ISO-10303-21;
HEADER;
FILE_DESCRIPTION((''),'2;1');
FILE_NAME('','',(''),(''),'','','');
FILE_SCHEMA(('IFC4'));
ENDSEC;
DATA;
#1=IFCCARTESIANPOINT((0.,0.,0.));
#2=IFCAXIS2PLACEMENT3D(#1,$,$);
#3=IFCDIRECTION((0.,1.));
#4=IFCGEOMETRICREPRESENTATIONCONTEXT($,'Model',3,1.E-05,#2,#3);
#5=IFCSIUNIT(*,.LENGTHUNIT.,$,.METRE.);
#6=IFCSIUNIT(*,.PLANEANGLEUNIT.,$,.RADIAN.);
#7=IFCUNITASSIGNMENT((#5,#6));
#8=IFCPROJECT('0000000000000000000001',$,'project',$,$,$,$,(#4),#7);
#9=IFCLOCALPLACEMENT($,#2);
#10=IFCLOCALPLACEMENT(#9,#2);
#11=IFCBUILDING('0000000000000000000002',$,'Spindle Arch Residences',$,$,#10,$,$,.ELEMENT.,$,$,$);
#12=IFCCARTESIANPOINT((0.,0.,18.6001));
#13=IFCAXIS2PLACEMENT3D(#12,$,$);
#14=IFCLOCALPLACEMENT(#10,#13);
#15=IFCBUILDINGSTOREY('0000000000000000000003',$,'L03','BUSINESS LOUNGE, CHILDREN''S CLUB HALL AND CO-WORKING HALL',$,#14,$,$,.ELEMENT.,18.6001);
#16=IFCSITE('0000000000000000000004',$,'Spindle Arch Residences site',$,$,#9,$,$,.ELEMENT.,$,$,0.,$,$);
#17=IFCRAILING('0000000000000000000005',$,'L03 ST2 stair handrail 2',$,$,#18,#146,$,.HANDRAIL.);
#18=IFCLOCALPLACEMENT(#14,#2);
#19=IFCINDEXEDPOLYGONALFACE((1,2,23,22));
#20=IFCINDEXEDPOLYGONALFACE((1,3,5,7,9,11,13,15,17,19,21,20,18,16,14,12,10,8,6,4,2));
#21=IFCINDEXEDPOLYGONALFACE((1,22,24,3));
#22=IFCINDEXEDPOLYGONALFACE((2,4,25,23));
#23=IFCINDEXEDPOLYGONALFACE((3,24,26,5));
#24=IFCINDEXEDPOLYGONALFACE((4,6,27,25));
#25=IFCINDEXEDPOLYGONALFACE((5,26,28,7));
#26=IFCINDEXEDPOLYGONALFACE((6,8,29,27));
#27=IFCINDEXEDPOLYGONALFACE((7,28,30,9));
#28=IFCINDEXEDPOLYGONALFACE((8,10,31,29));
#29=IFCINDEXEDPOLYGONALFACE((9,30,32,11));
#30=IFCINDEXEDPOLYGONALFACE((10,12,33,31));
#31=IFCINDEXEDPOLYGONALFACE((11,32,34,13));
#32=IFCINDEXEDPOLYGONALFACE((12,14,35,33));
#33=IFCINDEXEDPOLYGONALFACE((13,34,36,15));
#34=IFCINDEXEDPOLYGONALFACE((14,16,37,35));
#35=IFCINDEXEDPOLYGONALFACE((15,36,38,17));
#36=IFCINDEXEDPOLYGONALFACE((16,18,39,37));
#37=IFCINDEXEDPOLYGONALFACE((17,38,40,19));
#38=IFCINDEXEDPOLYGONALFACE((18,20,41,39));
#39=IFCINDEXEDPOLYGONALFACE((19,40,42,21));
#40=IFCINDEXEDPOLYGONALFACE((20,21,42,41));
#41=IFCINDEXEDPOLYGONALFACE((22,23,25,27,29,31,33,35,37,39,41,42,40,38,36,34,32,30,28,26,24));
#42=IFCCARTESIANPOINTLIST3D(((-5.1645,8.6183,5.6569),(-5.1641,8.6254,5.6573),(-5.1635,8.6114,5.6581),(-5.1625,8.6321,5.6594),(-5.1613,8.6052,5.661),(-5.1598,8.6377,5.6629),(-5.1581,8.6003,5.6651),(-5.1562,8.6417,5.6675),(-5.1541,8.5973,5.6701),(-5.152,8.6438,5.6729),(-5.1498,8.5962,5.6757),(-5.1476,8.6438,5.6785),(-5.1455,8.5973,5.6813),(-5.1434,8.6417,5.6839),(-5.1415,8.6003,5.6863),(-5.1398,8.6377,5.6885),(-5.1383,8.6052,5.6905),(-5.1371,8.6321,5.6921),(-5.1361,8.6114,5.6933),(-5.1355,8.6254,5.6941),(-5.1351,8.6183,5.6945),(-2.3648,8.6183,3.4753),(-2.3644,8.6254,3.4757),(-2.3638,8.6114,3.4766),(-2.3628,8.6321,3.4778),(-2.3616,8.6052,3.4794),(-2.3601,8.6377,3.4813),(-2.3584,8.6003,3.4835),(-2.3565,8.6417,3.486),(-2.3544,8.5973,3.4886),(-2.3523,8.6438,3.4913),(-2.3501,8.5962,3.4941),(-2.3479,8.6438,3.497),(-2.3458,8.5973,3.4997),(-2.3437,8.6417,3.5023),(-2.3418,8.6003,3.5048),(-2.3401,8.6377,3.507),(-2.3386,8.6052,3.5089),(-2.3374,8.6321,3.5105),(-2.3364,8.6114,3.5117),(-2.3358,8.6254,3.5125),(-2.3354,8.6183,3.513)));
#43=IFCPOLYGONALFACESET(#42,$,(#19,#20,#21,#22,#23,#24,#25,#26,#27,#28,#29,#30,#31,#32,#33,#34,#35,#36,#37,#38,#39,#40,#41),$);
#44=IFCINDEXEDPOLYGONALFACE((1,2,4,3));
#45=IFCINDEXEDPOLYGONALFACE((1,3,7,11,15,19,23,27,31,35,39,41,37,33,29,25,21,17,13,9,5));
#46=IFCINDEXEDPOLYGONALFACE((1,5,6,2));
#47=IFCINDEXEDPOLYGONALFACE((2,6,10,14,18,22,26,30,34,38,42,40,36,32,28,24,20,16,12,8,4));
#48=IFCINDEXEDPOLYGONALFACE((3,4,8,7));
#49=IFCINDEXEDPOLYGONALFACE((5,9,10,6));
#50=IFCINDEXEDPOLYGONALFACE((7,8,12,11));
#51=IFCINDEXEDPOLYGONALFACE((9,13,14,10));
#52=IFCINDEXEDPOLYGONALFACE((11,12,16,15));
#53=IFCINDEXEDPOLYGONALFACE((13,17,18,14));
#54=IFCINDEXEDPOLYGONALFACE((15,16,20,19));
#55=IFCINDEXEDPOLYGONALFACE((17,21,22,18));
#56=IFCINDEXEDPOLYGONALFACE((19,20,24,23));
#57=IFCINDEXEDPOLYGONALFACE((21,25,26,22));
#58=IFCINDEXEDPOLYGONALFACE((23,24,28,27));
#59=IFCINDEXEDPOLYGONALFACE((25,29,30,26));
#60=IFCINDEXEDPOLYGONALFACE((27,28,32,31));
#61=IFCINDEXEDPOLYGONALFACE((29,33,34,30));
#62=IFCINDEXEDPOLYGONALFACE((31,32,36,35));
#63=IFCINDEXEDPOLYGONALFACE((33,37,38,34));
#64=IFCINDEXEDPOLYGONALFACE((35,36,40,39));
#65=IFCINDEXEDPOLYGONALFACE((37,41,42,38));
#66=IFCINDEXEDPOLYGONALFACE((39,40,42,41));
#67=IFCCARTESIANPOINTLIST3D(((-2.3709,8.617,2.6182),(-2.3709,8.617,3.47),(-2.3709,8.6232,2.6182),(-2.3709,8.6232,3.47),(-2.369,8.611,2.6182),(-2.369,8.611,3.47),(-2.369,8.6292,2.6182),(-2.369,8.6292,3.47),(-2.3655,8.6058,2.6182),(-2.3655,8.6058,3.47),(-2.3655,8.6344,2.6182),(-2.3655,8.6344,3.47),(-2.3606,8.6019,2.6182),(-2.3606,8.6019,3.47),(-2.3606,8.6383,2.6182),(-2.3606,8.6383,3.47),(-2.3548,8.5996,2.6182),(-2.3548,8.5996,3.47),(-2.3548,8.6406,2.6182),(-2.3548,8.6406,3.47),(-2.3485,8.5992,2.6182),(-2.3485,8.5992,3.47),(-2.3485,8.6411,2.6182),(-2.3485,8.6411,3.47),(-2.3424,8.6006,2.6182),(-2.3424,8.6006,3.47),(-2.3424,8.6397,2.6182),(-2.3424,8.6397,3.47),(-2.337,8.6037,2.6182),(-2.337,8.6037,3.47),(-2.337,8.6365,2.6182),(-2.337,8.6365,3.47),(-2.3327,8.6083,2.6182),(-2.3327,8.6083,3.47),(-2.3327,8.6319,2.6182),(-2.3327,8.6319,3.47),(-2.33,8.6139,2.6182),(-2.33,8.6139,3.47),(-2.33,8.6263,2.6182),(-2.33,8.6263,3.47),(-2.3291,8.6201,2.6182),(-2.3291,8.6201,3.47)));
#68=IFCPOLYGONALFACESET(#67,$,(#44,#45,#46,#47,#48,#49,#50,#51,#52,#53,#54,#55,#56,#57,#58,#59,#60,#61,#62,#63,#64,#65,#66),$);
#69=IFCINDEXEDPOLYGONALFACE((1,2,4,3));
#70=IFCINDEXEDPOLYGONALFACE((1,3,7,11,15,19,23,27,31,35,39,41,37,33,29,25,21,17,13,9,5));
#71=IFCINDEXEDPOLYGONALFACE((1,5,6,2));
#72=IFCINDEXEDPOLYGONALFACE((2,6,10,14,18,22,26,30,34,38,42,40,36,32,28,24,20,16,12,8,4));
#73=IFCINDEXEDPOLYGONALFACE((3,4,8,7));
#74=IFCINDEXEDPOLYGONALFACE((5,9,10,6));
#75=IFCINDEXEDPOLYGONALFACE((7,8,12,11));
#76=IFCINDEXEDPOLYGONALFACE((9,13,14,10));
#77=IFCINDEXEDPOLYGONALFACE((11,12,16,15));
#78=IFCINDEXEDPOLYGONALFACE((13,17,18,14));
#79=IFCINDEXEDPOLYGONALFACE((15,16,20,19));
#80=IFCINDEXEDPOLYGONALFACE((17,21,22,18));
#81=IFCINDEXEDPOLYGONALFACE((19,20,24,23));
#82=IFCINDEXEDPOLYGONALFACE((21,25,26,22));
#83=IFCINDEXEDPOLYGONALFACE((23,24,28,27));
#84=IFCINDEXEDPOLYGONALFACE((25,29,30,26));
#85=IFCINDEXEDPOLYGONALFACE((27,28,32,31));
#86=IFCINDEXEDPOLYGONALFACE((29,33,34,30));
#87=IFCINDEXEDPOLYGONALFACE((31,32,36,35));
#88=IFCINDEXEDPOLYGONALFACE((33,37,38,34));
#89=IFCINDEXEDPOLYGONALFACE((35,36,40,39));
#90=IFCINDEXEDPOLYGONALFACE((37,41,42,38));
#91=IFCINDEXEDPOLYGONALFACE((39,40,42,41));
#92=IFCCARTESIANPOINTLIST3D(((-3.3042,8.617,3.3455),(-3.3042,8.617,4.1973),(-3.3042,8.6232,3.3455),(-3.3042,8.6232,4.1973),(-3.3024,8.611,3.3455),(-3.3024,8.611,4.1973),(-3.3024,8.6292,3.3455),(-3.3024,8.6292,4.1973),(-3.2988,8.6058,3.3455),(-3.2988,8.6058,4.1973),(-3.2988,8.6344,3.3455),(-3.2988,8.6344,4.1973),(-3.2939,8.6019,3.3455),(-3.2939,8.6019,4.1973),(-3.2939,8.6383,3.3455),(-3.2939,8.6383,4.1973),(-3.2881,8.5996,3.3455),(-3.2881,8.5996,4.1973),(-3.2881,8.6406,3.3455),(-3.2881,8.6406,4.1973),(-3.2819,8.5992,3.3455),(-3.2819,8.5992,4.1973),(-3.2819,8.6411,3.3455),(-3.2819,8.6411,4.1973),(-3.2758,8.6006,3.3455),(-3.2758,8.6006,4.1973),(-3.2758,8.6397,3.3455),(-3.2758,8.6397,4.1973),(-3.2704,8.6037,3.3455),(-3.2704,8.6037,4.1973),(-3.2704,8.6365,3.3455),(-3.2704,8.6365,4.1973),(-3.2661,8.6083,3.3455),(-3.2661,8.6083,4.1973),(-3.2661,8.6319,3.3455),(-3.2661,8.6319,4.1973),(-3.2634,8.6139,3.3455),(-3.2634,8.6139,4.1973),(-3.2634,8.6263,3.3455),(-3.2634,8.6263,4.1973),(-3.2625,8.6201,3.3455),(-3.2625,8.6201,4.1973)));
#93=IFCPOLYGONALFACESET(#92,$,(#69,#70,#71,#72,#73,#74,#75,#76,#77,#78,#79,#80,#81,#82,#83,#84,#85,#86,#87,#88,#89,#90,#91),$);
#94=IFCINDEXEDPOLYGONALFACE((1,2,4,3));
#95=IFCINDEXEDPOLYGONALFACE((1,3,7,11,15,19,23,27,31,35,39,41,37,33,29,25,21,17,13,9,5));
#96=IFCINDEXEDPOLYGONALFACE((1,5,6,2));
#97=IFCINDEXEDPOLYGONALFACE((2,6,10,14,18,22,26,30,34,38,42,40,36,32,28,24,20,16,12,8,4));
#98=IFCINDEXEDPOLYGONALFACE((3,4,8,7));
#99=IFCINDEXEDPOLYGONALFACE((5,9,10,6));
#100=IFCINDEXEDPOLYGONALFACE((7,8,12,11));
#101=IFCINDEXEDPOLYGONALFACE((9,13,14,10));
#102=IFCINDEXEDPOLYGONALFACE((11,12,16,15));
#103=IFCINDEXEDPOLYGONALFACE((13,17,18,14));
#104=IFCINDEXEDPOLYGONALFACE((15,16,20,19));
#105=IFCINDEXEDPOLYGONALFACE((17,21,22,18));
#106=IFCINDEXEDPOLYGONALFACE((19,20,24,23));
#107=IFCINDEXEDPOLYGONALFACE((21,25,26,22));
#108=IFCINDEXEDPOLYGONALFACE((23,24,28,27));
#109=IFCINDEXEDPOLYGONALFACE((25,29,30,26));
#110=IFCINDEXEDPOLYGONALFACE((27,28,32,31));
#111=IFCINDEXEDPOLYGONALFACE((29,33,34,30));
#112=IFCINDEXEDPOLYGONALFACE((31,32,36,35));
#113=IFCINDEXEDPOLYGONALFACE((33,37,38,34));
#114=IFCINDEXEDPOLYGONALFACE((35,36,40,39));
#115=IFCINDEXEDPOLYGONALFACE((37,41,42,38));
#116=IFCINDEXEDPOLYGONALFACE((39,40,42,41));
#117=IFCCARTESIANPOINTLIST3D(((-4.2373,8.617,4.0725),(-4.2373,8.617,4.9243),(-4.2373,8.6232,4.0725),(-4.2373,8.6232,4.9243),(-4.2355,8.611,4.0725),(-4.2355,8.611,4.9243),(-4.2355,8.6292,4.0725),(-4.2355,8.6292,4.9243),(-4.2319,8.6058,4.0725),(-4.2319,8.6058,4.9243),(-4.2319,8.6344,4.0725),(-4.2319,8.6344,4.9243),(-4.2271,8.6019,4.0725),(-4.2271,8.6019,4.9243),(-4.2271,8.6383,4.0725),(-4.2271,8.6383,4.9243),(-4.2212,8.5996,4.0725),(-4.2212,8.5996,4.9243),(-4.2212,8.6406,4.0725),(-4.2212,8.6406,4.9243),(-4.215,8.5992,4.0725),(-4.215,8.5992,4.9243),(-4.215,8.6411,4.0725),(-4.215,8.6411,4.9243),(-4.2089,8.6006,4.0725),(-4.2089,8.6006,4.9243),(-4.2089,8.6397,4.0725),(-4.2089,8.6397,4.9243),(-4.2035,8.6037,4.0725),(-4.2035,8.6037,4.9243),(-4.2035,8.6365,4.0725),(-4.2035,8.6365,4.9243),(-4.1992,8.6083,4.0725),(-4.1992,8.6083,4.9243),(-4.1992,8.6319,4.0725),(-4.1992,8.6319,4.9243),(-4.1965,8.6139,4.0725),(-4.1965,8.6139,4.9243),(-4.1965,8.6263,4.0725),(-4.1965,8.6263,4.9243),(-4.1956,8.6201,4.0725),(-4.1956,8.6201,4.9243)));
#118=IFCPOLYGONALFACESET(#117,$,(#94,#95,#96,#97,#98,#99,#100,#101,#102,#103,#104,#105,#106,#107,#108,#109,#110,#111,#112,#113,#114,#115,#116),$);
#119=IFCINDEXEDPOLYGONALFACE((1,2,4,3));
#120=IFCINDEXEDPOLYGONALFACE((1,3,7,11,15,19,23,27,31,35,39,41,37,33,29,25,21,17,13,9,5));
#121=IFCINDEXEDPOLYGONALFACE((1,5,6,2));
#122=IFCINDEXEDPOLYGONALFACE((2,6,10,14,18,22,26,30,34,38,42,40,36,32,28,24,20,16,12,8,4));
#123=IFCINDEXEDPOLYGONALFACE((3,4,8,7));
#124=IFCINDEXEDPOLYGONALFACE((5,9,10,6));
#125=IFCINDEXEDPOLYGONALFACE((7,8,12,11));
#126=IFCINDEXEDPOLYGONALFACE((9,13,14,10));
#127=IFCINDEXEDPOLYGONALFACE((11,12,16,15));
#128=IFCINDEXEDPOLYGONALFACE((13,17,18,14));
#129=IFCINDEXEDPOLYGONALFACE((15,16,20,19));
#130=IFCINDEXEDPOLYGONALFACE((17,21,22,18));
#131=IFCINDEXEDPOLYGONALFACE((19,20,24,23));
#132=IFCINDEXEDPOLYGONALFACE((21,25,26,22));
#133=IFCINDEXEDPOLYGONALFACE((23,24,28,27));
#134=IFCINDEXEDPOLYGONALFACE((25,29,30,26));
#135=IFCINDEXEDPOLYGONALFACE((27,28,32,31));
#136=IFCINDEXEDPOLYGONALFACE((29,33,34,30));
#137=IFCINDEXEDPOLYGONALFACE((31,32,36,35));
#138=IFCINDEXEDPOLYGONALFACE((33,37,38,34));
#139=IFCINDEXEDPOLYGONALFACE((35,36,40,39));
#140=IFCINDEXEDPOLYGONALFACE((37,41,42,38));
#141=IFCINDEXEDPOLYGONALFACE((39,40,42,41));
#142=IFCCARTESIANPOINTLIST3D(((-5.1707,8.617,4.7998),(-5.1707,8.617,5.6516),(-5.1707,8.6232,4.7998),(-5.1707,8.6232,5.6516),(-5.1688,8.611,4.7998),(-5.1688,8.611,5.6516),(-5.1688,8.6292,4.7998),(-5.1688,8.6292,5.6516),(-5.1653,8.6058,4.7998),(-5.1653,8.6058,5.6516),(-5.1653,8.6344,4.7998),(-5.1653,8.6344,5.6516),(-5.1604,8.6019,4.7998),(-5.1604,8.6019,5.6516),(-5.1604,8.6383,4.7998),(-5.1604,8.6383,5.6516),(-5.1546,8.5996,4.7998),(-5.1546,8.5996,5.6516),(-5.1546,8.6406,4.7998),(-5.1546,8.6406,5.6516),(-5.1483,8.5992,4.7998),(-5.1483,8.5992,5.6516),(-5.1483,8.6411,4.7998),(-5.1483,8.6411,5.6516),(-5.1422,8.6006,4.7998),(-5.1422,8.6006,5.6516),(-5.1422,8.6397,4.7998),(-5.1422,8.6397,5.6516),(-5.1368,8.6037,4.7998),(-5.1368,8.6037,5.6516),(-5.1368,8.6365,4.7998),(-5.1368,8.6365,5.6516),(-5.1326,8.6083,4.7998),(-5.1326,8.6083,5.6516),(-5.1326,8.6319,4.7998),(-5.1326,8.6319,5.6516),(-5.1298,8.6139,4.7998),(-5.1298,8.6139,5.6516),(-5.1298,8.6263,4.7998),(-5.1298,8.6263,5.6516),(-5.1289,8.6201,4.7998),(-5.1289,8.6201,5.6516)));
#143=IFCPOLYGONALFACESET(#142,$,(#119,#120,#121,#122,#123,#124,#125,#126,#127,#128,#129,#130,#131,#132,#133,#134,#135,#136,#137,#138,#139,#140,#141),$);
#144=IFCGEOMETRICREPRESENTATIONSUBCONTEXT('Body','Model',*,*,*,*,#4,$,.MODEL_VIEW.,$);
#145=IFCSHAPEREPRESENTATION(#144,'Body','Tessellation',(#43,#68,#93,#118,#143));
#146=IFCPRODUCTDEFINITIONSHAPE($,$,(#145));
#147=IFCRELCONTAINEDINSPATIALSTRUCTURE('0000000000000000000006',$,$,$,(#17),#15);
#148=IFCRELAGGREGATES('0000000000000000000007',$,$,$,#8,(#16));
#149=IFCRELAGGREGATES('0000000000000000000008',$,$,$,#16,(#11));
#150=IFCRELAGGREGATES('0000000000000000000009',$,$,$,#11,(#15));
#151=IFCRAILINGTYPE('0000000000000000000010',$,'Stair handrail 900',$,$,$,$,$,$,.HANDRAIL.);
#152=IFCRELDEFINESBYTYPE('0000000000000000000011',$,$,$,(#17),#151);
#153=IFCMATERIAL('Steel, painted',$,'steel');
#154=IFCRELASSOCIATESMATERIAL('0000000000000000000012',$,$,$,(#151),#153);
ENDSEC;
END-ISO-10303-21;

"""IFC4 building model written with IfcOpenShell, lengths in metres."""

from ifc_helpers import new_model, si_unit, direction, frame, origin, origin_2d, place, context, subcontext, project, spatial, circle, extrude, material, type_object, element, save


model = new_model("IFC4")

# Units and contexts
model_context = context("Model", 3, precision=1e-05, world=origin(), true_north=direction((0.0, 1.0)))
body_context = subcontext(model_context, "Body", "Model", "MODEL_VIEW")
ifc_project = project(units=[si_unit("LENGTHUNIT", "METRE"), si_unit("PLANEANGLEUNIT", "RADIAN")], contexts=[model_context])

# Site, building, storey
site_placement = place(None, origin())
site = spatial("IfcSite", under=ifc_project, at=site_placement, Name="Spindle Arch Residences site", CompositionType="ELEMENT", RefElevation=0.0)
building_placement = place(site_placement, origin())
building = spatial("IfcBuilding", under=site, at=building_placement, Name="Spindle Arch Residences", CompositionType="ELEMENT")
storey_placement = place(building_placement, frame((0.0, 0.0, 18.6001)))
storey = spatial("IfcBuildingStorey", under=building, at=storey_placement, Name="L03", Description="BUSINESS LOUNGE, CHILDREN'S CLUB HALL AND CO-WORKING HALL", CompositionType="ELEMENT", Elevation=18.6001)

# Railing
ifc_material_1 = material(Name="Steel, painted", Category="steel")
railing_type_1 = type_object("IfcRailingType", Name="Stair handrail 900", PredefinedType="HANDRAIL", material=ifc_material_1)
railing_1_placement = place(storey_placement, frame((-2.3501, 8.6201, 2.6182)))
element("IfcRailing", 1, at=railing_1_placement, inside=storey, type_object=railing_type_1, Name="L03 ST2 stair handrail 2", PredefinedType="HANDRAIL", context=body_context, shape_type="SweptSolid", body=[
    extrude(circle(Radius=0.0239, at=origin_2d()), frame((0.0, 0.0, 0.876), z_axis=(-0.788804, 0.0, 0.614645), x_axis=(0.0, -1.0, 0.0)), (0.0, 0.0, 1.0), 3.5493),
    extrude(circle(Radius=0.021, at=origin_2d()), origin(), (0.0, 0.0, 1.0), 0.8518),
    extrude(circle(Radius=0.021, at=origin_2d()), frame((-0.9333, 0.0, 0.7273)), (0.0, 0.0, 1.0), 0.8518),
    extrude(circle(Radius=0.021, at=origin_2d()), frame((-1.8665, 0.0, 1.4543)), (0.0, 0.0, 1.0), 0.8518),
    extrude(circle(Radius=0.021, at=origin_2d()), frame((-2.7998, 0.0, 2.1816)), (0.0, 0.0, 1.0), 0.8518),
])

save(model, "model.ifc")
